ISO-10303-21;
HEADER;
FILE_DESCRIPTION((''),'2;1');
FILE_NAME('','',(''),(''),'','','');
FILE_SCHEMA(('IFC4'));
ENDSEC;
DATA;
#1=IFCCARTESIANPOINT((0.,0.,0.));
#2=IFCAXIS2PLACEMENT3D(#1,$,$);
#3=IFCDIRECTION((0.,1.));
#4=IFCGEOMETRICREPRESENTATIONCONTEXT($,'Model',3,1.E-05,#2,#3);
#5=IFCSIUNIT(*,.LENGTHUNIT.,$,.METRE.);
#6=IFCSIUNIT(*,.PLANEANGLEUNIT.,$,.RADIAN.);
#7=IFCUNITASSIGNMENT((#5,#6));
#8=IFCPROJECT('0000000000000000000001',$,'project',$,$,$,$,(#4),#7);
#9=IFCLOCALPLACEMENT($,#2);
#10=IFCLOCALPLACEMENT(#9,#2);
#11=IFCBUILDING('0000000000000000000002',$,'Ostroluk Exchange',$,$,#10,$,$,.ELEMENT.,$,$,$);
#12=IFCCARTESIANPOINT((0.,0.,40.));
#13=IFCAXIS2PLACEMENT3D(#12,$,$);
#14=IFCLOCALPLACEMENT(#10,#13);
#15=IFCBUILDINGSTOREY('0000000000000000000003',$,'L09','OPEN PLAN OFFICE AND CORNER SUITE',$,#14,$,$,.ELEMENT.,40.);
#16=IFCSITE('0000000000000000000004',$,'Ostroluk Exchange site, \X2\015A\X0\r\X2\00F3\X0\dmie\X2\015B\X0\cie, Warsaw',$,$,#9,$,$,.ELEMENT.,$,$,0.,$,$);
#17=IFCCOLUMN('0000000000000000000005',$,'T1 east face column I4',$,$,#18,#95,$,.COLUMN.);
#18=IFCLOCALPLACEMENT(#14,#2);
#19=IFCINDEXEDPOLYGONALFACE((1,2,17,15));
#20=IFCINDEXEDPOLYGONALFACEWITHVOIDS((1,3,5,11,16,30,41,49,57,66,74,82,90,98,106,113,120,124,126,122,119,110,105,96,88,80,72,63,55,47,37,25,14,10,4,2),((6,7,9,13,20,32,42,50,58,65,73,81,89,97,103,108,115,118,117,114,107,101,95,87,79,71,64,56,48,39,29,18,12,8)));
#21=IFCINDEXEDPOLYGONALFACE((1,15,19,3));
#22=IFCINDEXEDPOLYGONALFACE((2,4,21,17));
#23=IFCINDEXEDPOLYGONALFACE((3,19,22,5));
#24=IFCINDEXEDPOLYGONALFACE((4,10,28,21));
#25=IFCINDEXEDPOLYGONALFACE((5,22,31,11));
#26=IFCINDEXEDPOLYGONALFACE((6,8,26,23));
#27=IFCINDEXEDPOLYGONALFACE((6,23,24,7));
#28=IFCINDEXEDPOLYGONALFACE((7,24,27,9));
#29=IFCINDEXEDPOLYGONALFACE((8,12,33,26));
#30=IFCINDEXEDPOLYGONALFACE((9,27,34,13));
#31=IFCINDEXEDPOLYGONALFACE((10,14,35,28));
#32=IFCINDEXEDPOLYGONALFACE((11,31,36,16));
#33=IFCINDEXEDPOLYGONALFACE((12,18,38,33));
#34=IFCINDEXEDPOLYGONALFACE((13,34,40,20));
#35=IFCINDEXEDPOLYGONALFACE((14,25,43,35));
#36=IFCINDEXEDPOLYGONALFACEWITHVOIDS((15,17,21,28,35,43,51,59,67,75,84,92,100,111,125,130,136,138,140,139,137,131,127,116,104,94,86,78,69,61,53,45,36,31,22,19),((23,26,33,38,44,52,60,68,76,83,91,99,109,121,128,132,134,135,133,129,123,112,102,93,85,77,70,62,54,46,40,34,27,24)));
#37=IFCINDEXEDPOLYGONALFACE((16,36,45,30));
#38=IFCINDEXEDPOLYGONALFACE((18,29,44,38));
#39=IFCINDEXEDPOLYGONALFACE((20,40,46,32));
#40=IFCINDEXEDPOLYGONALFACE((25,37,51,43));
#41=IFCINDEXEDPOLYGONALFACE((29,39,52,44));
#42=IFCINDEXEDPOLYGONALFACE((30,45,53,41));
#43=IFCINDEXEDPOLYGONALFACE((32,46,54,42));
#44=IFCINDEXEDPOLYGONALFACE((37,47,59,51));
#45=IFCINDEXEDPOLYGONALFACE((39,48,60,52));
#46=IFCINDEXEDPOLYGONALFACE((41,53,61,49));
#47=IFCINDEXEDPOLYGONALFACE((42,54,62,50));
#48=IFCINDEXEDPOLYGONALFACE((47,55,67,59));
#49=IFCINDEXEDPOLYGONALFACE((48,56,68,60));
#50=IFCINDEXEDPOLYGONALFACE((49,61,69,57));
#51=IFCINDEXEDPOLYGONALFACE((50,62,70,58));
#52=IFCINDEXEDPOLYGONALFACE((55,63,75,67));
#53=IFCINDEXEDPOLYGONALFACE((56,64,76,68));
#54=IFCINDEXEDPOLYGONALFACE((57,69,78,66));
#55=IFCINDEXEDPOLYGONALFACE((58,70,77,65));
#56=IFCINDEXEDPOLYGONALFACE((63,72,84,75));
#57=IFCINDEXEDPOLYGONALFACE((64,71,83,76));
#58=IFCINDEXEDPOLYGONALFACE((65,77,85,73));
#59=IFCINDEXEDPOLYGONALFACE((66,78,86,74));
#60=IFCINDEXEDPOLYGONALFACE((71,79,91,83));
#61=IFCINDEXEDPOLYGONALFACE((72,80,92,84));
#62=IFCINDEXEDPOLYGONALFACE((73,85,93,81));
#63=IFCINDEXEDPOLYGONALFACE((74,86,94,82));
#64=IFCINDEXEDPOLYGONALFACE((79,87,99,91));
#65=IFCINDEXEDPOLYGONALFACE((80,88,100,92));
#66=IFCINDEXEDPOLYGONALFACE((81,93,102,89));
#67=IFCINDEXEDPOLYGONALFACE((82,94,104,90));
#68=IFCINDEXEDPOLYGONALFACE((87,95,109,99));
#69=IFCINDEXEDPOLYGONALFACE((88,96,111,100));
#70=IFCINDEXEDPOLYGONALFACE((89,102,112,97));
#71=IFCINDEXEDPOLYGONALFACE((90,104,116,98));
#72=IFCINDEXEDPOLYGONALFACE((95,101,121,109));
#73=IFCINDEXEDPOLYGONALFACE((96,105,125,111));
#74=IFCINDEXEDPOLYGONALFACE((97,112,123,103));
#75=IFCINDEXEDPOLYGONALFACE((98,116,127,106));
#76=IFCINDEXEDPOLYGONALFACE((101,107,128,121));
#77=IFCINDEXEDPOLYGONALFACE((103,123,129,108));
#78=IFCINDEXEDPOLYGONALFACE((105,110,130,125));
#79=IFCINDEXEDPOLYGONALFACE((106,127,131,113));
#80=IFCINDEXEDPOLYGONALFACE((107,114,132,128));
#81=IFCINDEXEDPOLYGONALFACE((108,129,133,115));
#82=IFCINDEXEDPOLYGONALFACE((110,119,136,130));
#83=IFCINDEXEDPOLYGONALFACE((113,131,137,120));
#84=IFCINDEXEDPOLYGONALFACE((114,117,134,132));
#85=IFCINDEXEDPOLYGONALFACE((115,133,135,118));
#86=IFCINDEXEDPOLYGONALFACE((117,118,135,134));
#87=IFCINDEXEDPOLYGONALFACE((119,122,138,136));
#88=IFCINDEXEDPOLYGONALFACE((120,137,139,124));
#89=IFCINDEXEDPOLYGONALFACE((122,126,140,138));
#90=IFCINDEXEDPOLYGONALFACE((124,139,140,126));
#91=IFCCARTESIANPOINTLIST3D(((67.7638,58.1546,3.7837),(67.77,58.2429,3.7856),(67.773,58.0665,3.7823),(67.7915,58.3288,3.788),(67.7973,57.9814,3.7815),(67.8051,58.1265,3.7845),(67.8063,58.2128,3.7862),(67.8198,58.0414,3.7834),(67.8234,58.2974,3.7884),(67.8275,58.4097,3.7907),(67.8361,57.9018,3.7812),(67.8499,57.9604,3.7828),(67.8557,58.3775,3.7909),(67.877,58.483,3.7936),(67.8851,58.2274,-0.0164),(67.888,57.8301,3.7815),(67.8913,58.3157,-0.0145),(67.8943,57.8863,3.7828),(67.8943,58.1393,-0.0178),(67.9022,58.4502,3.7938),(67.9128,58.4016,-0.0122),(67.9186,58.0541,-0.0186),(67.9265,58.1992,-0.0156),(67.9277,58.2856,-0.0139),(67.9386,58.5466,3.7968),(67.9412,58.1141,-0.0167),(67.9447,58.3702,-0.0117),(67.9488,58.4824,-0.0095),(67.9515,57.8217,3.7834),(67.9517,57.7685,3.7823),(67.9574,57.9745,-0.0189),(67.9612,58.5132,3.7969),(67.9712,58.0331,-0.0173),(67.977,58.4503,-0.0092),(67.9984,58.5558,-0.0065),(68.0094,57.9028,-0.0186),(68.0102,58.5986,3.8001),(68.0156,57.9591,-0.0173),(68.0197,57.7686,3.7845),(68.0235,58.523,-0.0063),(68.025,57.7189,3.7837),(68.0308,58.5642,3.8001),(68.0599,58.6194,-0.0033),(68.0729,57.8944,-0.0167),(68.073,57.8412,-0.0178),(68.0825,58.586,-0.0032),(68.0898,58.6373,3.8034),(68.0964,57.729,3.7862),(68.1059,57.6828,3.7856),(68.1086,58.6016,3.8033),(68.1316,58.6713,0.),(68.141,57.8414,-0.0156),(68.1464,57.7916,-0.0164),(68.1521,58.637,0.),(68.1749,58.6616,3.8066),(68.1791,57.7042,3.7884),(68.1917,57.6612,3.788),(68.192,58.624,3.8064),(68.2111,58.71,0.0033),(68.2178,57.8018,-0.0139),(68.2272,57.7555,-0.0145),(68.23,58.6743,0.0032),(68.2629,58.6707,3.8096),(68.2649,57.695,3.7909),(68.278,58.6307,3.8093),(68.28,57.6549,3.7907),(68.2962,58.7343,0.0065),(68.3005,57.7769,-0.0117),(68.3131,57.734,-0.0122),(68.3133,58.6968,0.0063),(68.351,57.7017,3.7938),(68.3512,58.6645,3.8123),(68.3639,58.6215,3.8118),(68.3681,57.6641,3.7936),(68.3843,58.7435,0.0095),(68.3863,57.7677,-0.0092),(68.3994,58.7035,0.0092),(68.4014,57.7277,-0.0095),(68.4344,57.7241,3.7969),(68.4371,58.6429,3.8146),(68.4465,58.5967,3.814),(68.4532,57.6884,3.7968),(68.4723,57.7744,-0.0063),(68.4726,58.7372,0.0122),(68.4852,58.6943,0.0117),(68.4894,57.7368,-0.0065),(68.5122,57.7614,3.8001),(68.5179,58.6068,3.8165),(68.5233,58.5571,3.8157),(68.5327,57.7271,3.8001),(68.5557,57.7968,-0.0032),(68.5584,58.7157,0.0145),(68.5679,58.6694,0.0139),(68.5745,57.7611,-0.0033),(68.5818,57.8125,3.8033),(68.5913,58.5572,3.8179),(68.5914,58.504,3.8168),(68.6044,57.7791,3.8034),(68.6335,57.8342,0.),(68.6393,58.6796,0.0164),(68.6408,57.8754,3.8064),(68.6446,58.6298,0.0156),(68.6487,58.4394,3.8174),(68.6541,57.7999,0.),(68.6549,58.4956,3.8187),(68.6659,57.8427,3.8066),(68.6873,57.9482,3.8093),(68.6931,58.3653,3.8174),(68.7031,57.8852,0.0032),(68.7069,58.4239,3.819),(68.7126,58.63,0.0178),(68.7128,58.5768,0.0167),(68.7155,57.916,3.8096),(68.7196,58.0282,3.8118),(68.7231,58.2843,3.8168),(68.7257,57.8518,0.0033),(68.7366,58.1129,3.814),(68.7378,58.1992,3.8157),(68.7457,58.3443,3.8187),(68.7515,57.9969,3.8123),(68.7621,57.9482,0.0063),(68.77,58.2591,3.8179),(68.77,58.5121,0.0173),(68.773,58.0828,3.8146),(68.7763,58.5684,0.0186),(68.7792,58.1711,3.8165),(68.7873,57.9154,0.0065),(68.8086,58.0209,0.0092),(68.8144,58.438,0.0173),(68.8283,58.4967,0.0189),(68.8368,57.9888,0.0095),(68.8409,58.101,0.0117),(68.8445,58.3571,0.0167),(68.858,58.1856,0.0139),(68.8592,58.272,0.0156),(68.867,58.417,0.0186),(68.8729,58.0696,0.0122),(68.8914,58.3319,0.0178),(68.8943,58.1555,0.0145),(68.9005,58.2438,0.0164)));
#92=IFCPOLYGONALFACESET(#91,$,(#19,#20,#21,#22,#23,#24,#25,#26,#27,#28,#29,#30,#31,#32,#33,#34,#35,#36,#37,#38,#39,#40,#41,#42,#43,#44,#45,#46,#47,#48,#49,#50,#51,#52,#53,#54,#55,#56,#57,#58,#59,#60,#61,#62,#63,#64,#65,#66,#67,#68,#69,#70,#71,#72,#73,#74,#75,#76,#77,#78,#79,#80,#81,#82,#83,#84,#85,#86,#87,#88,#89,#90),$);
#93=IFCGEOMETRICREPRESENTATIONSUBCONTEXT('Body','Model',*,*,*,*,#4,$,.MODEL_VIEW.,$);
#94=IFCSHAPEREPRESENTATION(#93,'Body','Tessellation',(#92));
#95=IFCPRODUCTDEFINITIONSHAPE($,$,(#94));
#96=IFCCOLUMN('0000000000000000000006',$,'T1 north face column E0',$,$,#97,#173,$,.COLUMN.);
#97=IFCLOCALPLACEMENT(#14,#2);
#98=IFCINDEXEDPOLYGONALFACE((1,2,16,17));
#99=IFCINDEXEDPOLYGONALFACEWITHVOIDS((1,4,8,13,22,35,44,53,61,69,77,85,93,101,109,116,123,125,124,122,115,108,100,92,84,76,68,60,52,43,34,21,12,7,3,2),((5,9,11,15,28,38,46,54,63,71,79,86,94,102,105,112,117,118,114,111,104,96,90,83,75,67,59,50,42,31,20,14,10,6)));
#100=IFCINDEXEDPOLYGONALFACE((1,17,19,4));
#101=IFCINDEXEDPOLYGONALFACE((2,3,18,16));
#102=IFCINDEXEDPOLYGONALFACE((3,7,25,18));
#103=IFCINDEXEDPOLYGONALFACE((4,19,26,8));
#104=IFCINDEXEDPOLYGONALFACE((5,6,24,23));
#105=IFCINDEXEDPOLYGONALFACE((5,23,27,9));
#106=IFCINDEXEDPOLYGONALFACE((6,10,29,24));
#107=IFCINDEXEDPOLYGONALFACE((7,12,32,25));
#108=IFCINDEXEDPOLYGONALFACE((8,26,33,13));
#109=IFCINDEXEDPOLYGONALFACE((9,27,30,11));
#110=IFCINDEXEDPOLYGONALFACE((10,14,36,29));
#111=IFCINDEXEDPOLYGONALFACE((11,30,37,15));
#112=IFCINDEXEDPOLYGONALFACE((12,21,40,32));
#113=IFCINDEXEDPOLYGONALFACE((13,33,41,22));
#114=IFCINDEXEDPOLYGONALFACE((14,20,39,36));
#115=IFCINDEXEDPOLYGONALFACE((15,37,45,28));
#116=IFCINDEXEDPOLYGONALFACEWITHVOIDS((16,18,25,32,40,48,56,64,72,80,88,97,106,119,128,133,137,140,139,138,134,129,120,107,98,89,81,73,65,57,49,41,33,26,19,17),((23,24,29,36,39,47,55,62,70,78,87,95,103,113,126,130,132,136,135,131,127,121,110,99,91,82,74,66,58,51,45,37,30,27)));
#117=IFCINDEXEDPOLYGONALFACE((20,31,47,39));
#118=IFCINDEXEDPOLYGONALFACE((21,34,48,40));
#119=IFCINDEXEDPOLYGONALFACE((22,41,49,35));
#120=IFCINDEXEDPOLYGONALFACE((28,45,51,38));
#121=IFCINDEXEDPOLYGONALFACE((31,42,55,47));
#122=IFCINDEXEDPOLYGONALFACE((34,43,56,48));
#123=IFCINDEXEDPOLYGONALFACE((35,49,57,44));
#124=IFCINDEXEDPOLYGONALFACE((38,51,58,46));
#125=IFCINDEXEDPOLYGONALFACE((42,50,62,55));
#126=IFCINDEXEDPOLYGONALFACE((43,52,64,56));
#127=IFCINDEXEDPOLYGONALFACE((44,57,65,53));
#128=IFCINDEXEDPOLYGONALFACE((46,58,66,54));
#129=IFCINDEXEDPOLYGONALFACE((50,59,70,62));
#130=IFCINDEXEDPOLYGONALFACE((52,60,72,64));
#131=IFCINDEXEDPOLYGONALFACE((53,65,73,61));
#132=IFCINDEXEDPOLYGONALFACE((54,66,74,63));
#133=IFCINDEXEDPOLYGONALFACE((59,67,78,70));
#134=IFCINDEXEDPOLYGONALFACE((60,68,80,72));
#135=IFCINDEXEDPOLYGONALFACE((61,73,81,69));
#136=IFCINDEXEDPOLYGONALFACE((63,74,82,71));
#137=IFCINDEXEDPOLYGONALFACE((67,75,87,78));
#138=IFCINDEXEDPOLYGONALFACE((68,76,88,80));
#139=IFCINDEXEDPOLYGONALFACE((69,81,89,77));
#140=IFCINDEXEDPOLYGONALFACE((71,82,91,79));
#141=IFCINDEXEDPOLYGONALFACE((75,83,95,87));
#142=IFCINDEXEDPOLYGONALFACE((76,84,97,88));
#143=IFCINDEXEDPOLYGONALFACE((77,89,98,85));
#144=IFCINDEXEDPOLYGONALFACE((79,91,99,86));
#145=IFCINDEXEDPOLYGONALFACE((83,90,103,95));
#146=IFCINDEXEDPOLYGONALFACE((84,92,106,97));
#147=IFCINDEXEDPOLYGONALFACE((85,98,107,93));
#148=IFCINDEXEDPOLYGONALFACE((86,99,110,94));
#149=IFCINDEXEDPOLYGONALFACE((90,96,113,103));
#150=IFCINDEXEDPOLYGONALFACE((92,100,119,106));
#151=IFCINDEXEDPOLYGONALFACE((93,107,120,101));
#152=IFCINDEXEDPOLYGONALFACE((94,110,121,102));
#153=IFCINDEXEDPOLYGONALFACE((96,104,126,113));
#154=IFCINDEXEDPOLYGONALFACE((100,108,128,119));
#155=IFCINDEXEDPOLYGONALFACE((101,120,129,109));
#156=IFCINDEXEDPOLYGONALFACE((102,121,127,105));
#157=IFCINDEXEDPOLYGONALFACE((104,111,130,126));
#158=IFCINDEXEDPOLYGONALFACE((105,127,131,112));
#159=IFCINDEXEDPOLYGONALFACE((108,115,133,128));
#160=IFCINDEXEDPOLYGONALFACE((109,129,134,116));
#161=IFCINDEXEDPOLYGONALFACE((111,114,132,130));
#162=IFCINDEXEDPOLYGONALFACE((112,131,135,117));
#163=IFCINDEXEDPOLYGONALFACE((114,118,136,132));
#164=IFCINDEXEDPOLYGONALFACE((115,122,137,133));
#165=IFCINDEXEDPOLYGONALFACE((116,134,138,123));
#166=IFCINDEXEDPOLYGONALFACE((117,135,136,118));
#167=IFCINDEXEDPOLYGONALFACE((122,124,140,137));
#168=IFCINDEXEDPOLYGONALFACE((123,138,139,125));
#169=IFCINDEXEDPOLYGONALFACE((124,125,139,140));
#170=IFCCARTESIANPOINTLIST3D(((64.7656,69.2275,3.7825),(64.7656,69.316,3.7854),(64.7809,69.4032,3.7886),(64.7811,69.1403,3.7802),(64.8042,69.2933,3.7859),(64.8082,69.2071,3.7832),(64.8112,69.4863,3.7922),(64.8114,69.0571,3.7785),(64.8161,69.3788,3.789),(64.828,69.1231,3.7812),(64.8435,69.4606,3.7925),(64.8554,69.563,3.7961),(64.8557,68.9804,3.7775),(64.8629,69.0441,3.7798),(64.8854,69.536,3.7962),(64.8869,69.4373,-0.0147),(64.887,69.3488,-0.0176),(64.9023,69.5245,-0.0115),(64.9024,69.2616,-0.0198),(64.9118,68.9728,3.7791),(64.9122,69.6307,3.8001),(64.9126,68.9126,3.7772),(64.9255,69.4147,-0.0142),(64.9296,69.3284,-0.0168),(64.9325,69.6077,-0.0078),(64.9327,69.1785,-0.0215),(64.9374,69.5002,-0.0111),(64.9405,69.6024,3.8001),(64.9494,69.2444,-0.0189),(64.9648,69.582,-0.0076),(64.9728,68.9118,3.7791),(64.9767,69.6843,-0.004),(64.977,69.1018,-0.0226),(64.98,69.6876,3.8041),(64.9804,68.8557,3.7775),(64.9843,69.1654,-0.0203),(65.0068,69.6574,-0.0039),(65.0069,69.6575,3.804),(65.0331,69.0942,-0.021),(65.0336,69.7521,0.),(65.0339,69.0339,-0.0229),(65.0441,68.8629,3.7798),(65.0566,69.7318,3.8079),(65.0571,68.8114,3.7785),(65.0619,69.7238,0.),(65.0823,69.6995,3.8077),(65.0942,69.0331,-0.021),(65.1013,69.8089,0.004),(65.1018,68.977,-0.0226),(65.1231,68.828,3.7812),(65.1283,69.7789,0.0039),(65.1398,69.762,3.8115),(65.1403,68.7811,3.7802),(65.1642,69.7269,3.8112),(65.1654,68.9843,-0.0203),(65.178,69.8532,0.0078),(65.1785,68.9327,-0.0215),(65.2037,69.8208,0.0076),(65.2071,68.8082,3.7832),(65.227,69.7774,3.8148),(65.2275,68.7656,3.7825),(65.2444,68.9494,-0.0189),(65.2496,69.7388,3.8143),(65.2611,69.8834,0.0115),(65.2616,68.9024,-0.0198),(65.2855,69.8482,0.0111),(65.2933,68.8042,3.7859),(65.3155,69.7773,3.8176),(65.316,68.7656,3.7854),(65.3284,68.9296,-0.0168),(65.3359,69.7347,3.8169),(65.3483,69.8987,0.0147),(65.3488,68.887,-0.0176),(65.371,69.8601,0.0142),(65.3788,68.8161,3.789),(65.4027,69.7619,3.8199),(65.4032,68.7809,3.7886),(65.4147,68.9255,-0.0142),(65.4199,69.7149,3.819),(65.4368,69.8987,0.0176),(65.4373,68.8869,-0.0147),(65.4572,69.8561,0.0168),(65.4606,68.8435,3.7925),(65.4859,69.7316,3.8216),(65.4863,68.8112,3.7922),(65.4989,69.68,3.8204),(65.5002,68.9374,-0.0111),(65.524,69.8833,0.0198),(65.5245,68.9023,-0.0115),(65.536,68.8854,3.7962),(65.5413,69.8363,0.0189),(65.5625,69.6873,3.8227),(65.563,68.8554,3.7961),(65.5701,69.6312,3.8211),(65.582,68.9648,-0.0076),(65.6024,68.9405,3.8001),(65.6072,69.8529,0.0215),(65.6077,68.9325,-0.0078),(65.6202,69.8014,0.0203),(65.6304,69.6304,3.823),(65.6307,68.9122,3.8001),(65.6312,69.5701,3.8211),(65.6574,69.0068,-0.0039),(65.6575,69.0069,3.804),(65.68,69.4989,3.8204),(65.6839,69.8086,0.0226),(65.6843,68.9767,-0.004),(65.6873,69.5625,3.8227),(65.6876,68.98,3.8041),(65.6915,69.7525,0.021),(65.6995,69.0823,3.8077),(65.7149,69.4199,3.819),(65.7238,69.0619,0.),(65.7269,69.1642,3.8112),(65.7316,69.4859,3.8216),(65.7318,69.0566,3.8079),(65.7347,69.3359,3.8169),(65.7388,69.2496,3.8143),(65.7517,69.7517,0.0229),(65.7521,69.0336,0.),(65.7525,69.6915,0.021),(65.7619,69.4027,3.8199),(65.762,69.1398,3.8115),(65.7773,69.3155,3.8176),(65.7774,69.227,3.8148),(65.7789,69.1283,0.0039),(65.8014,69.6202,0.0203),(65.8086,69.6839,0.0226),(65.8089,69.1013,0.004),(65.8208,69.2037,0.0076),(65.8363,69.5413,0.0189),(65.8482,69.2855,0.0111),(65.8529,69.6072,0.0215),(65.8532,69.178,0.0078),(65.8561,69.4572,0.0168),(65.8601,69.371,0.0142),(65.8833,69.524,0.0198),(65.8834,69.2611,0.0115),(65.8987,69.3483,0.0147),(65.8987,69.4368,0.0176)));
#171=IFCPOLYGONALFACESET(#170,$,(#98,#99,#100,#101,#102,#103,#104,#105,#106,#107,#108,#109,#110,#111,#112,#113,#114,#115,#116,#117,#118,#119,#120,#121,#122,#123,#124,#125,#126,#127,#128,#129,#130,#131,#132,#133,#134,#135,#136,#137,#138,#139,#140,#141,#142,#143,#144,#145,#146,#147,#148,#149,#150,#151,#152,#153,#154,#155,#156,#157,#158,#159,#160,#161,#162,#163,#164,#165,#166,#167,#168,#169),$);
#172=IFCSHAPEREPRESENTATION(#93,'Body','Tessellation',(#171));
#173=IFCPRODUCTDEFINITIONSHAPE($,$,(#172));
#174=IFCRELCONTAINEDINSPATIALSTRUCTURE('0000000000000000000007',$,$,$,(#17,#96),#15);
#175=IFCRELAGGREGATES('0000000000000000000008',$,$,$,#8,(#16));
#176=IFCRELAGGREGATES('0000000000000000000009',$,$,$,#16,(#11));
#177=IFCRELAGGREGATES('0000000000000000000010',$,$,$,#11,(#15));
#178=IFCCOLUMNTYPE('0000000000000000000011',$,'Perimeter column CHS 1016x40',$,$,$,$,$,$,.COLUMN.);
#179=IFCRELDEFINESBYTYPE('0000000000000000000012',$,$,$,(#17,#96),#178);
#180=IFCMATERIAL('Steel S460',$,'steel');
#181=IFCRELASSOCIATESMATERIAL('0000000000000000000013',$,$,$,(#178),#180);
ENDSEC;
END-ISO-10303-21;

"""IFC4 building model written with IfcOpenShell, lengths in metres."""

from ifc_helpers import new_model, si_unit, direction, frame, origin, origin_2d, place, context, subcontext, project, spatial, hollow_circle, extrude, material, material_profile, profile_set, type_object, element, save


model = new_model("IFC4")

# Units and contexts
model_context = context("Model", 3, precision=1e-05, world=origin(), true_north=direction((0.0, 1.0)))
body_context = subcontext(model_context, "Body", "Model", "MODEL_VIEW")
ifc_project = project(units=[si_unit("LENGTHUNIT", "METRE"), si_unit("PLANEANGLEUNIT", "RADIAN")], contexts=[model_context])

# Site, building, storey
site_placement = place(None, origin())
site = spatial("IfcSite", under=ifc_project, at=site_placement, Name="Ostroluk Exchange site, Śródmieście, Warsaw", CompositionType="ELEMENT", RefElevation=0.0)
building_placement = place(site_placement, origin())
building = spatial("IfcBuilding", under=site, at=building_placement, Name="Ostroluk Exchange", CompositionType="ELEMENT")
storey_placement = place(building_placement, frame((0.0, 0.0, 40.0)))
storey = spatial("IfcBuildingStorey", under=building, at=storey_placement, Name="L09", Description="OPEN PLAN OFFICE AND CORNER SUITE", CompositionType="ELEMENT", Elevation=40.0)

# Columns
ifc_material_1 = material(Name="Steel S460", Category="steel")
ifc_material_profile_1 = material_profile(ifc_material_1, hollow_circle(Radius=0.5081, WallThickness=0.04, at=origin_2d()), Name="CHS 1016x40")
ifc_profile_set_1 = profile_set([ifc_material_profile_1], Name="Steel S460")
column_type_1 = type_object("IfcColumnType", Name="Perimeter column CHS 1016x40", PredefinedType="COLUMN", material=ifc_profile_set_1)
column_1_placement = place(storey_placement, frame((68.3928, 58.2356, 0.0), z_axis=(-0.031909, -0.019132, 0.999308), x_axis=(0.514242, -0.857645, 0.0)))
element("IfcColumn", 1, at=column_1_placement, inside=storey, type_object=column_type_1, Name="T1 east face column I4", PredefinedType="COLUMN", context=body_context, shape_type="SweptSolid", body=[
    extrude(hollow_circle(Radius=0.5081, WallThickness=0.04, at=origin_2d()), origin(), (0.0, 0.0, 1.0), 3.8027),
])
column_2_placement = place(storey_placement, frame((65.3928, 69.3928, 0.0), z_axis=(-0.031898, -0.031898, 0.998982), x_axis=(0.707107, -0.707107, 0.0)))
element("IfcColumn", 2, at=column_2_placement, inside=storey, type_object=column_type_1, Name="T1 north face column E0", PredefinedType="COLUMN", context=body_context, shape_type="SweptSolid", body=[
    extrude(hollow_circle(Radius=0.5081, WallThickness=0.04, at=origin_2d()), origin(), (0.0, 0.0, 1.0), 3.804),
])

save(model, "model.ifc")
